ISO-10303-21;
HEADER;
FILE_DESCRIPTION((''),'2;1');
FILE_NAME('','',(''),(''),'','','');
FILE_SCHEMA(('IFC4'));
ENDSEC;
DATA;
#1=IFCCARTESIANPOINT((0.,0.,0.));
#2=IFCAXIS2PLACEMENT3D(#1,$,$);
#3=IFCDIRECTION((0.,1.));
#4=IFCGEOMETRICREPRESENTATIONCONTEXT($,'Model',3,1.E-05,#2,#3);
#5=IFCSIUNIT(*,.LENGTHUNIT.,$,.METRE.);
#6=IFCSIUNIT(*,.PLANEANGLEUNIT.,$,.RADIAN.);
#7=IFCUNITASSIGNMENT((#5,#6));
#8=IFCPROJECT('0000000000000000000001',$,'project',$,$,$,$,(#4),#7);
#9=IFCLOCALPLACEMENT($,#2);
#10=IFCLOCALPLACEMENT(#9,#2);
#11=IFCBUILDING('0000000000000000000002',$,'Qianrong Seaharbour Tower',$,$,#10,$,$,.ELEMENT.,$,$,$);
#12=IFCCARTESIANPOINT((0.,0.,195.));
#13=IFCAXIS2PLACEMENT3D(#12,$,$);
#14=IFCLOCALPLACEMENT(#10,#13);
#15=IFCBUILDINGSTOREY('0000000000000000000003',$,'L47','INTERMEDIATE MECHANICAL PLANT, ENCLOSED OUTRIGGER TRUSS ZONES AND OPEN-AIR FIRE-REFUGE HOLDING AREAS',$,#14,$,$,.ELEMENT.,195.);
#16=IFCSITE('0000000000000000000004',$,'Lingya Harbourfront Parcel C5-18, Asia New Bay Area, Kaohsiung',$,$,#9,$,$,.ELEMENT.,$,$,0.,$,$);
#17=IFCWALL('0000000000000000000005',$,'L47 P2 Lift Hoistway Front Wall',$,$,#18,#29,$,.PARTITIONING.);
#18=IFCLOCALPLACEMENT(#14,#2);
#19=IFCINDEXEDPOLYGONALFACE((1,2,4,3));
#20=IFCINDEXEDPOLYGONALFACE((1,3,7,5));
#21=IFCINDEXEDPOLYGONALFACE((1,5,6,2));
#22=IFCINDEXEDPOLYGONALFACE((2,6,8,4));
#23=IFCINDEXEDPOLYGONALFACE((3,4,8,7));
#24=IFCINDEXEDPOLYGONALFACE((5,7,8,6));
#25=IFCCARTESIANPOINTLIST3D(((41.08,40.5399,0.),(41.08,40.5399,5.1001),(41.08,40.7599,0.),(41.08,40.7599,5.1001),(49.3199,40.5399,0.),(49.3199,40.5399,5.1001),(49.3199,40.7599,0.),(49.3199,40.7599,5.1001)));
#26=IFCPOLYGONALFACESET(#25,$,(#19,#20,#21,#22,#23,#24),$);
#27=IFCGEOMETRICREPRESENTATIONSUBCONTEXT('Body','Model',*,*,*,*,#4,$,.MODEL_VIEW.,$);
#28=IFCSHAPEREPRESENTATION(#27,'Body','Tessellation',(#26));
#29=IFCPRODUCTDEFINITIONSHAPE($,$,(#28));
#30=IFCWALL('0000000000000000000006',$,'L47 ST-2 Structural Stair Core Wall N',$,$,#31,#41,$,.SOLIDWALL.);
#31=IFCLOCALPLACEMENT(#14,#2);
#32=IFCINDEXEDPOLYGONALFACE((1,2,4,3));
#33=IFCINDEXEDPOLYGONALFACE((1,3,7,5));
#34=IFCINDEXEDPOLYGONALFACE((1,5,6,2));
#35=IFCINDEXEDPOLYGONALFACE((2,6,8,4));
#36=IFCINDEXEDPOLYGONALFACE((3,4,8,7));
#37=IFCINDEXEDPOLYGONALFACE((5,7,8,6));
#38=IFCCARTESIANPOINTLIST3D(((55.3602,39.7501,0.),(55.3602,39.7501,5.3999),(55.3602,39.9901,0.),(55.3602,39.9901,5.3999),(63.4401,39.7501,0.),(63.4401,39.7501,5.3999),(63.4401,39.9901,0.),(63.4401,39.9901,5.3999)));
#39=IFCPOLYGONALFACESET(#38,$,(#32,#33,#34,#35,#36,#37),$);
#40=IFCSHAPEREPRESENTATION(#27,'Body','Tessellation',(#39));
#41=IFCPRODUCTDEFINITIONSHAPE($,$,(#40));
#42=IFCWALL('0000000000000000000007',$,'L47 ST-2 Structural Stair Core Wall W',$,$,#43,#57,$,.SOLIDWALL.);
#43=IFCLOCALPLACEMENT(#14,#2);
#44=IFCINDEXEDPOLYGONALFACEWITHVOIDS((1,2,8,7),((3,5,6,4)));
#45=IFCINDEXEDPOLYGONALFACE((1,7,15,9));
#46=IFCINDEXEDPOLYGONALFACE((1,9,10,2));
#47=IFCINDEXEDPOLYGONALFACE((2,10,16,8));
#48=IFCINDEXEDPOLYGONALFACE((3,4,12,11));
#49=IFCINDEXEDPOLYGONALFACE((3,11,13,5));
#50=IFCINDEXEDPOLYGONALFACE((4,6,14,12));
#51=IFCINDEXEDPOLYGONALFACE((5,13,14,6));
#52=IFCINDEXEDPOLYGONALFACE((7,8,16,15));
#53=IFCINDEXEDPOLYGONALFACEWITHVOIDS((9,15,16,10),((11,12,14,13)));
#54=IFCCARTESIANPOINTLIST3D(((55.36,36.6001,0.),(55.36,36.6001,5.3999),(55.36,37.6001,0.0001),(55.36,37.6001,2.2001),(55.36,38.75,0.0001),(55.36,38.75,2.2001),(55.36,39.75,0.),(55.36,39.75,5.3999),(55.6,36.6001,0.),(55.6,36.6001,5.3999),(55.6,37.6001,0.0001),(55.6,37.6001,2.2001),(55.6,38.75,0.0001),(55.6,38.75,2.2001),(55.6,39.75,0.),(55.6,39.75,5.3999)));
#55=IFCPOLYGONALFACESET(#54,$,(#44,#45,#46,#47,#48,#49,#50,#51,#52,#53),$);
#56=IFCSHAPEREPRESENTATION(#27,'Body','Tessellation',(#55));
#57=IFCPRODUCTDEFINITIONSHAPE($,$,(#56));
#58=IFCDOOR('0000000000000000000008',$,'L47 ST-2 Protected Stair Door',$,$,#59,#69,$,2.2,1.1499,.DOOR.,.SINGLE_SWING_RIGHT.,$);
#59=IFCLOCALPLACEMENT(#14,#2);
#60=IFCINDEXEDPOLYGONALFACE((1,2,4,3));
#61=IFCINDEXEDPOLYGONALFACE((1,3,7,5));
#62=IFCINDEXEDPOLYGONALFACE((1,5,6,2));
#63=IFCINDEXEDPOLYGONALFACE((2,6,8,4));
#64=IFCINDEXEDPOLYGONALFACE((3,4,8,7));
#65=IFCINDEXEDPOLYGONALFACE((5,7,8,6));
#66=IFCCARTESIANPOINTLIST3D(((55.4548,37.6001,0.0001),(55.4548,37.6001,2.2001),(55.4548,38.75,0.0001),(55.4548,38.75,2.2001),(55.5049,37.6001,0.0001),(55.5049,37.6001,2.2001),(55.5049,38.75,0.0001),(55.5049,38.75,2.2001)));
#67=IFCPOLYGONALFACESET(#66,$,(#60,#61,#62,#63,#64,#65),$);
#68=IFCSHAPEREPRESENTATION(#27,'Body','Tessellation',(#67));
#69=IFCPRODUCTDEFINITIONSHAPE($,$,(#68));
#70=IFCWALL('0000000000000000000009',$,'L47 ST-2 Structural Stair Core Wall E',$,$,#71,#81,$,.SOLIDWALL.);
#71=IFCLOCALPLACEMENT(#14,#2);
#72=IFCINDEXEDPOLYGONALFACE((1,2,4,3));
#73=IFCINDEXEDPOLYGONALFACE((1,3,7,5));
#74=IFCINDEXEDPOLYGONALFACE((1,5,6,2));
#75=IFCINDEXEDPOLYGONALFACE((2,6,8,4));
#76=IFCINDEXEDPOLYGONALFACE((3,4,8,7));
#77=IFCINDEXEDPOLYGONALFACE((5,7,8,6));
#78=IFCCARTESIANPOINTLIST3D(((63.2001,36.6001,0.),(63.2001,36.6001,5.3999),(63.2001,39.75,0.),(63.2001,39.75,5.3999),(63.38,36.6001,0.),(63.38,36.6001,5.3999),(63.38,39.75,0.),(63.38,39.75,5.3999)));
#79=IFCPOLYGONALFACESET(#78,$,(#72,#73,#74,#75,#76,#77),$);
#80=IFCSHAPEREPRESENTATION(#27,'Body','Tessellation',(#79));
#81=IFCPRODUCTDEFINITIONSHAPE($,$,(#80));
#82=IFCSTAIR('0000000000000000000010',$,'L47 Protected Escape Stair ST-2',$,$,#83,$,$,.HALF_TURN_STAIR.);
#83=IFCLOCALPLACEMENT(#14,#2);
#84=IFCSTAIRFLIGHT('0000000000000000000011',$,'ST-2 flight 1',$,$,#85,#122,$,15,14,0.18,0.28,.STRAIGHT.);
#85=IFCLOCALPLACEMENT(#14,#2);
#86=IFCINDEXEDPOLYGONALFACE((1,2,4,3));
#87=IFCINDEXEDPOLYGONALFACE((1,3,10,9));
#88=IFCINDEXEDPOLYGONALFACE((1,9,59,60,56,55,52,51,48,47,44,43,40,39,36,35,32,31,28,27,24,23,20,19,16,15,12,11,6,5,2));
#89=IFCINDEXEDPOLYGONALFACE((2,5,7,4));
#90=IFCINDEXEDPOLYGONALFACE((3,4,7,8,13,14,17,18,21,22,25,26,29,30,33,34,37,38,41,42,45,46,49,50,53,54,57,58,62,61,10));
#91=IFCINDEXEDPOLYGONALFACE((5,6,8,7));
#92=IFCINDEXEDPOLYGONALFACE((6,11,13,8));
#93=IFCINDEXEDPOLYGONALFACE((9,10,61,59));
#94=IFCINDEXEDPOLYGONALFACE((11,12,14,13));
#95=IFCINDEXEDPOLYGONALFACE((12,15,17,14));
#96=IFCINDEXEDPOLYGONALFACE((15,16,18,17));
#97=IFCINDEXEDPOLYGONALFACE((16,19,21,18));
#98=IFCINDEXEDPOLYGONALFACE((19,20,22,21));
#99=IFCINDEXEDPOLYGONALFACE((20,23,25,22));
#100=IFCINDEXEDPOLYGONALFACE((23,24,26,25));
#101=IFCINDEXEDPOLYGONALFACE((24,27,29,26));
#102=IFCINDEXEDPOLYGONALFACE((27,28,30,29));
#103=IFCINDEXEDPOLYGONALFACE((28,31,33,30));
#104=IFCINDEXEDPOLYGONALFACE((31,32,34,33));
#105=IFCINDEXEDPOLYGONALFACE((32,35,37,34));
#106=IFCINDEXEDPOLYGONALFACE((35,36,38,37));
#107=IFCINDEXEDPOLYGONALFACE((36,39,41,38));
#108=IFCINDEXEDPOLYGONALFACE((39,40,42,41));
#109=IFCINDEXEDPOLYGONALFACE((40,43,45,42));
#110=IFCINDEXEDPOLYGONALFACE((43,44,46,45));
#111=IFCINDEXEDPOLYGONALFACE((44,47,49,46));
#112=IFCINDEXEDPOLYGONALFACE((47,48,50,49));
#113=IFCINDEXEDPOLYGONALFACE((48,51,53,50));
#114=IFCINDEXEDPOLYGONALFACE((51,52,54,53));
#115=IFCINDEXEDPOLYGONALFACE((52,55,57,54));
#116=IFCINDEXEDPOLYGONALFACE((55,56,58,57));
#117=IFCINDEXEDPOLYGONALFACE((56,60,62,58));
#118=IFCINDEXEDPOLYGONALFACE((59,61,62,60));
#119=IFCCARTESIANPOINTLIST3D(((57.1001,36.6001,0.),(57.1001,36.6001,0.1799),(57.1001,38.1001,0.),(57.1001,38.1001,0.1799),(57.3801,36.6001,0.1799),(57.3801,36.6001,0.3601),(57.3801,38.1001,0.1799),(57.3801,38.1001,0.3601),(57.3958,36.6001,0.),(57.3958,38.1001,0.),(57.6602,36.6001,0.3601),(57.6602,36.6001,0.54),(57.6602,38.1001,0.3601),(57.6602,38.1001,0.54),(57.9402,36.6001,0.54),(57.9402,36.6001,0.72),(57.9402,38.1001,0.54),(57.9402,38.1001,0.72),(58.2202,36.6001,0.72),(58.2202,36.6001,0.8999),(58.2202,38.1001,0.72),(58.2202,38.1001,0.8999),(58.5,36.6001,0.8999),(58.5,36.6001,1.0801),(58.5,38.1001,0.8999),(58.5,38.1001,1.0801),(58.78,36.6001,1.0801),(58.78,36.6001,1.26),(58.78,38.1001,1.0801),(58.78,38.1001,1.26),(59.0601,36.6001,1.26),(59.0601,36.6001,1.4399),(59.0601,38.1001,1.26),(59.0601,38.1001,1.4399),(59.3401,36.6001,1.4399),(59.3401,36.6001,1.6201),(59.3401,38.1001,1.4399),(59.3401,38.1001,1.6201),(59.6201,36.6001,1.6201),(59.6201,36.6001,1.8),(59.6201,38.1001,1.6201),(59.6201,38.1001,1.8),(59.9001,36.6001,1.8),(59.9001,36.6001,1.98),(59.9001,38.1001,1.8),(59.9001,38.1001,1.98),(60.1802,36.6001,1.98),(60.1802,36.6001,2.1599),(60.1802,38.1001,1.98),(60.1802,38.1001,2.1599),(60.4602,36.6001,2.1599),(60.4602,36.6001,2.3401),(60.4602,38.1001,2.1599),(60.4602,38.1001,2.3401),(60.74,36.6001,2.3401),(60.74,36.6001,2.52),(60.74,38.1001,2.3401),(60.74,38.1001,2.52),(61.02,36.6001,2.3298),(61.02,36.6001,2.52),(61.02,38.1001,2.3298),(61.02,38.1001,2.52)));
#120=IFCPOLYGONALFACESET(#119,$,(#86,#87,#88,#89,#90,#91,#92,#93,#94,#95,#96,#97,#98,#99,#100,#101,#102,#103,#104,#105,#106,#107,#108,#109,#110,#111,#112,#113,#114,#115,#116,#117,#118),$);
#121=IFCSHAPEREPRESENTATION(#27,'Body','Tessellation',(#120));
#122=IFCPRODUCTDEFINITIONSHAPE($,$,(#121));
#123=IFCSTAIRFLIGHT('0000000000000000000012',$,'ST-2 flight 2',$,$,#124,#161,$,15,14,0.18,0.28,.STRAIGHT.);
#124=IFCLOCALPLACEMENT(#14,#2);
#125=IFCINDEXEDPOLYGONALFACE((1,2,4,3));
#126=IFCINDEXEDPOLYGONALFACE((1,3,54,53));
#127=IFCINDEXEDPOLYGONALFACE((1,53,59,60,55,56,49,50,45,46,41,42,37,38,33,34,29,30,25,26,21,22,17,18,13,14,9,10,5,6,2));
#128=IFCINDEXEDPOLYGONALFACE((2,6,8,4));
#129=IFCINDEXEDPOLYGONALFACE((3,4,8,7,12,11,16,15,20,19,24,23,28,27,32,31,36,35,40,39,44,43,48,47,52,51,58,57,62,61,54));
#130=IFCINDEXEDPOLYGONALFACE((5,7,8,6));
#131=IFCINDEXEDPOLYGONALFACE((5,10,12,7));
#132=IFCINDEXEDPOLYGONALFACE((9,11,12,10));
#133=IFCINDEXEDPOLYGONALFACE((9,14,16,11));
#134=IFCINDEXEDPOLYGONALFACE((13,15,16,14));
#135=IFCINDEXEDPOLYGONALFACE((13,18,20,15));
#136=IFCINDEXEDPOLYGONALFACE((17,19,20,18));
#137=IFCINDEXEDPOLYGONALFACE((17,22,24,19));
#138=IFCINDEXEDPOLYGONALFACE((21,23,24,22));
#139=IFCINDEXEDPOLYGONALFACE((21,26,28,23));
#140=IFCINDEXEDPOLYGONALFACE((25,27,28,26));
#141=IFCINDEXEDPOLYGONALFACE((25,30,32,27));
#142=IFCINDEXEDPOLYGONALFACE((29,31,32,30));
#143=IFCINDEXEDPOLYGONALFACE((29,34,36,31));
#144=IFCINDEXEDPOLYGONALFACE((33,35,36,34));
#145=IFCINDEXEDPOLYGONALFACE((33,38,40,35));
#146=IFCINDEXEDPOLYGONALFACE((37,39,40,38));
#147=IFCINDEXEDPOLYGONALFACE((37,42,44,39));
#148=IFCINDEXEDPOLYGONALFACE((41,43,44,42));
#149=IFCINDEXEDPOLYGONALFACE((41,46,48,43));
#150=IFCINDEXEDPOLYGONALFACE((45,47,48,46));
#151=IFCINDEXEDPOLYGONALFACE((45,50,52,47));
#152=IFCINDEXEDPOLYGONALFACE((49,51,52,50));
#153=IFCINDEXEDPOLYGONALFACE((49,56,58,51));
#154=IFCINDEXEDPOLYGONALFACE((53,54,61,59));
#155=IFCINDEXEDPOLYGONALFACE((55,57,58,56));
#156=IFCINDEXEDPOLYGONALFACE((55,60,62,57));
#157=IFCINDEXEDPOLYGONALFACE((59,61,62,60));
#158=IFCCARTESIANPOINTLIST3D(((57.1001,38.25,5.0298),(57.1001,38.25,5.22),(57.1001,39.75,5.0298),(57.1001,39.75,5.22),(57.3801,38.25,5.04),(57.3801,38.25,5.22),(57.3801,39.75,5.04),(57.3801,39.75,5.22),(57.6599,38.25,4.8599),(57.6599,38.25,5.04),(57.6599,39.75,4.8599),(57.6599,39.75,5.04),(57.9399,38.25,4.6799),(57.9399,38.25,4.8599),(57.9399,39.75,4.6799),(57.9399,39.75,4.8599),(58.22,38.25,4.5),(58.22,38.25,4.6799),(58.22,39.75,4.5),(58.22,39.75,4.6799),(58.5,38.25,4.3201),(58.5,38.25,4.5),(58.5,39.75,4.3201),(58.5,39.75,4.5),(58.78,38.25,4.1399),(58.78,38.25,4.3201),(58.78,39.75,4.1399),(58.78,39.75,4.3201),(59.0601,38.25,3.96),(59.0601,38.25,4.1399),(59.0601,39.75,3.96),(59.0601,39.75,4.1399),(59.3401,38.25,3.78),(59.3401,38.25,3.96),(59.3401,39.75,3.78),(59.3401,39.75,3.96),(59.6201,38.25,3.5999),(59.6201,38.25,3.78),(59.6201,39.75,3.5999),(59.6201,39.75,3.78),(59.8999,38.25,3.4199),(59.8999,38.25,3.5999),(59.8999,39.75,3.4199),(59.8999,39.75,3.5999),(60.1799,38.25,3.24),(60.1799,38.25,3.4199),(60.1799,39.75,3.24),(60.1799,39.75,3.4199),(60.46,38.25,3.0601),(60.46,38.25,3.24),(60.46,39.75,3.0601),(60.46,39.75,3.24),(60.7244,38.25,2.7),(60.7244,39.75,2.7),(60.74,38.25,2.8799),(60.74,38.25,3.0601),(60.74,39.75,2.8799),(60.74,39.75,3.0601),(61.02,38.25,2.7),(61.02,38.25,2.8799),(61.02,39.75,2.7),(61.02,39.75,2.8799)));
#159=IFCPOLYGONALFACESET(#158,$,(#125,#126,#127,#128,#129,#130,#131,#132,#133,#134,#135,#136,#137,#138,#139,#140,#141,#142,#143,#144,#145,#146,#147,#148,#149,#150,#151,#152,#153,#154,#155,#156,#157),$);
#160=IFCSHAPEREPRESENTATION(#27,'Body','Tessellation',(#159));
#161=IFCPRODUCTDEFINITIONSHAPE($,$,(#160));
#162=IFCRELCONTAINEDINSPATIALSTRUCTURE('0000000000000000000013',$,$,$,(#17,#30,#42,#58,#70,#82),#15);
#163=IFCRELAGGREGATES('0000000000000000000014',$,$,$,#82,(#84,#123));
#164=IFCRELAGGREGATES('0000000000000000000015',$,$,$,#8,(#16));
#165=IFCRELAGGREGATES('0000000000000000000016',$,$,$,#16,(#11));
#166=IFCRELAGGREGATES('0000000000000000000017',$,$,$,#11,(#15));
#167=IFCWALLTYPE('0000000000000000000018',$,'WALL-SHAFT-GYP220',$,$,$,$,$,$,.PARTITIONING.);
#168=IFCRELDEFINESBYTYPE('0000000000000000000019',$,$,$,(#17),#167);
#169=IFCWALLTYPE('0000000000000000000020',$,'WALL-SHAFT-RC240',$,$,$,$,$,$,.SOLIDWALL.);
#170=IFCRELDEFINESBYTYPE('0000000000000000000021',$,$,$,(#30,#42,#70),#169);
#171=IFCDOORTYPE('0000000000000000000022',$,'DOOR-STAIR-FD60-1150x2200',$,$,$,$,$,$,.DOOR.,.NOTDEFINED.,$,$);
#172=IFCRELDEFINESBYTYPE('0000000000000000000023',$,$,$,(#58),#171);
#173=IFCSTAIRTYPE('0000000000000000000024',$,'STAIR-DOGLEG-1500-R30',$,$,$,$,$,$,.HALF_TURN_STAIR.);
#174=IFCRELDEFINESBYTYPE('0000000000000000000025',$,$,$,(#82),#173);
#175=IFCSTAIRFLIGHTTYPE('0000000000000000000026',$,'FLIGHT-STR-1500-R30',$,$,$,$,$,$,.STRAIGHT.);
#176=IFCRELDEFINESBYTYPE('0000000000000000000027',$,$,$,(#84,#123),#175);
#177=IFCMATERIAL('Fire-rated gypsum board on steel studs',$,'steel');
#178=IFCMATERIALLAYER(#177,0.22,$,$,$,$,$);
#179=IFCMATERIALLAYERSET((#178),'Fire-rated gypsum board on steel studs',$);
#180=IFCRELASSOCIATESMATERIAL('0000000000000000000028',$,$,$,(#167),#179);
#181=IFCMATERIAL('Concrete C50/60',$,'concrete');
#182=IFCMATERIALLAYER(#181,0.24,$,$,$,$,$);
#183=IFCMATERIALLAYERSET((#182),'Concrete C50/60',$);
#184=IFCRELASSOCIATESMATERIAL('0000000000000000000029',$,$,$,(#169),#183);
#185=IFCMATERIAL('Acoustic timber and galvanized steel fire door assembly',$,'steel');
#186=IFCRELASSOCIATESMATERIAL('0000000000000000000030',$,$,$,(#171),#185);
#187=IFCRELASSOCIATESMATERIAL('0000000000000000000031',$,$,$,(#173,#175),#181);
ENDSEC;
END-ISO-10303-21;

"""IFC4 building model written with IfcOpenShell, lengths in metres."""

from ifc_helpers import new_model, si_unit, direction, frame, frame_2d, origin, place, context, subcontext, project, spatial, polyline, rectangle, outline, extrude, material, layer, layer_set, type_object, element, fill, aggregate, save


model = new_model("IFC4")

# Units and contexts
model_context = context("Model", 3, precision=1e-05, world=origin(), true_north=direction((0.0, 1.0)))
body_context = subcontext(model_context, "Body", "Model", "MODEL_VIEW")
ifc_project = project(units=[si_unit("LENGTHUNIT", "METRE"), si_unit("PLANEANGLEUNIT", "RADIAN")], contexts=[model_context])

# Site, building, storey
site_placement = place(None, origin())
site = spatial("IfcSite", under=ifc_project, at=site_placement, Name="Lingya Harbourfront Parcel C5-18, Asia New Bay Area, Kaohsiung", CompositionType="ELEMENT", RefElevation=0.0)
building_placement = place(site_placement, origin())
building = spatial("IfcBuilding", under=site, at=building_placement, Name="Qianrong Seaharbour Tower", CompositionType="ELEMENT")
storey_placement = place(building_placement, frame((0.0, 0.0, 195.0)))
storey = spatial("IfcBuildingStorey", under=building, at=storey_placement, Name="L47", Description="INTERMEDIATE MECHANICAL PLANT, ENCLOSED OUTRIGGER TRUSS ZONES AND OPEN-AIR FIRE-REFUGE HOLDING AREAS", CompositionType="ELEMENT", Elevation=195.0)

# Walls
ifc_material_1 = material(Name="Fire-rated gypsum board on steel studs", Category="steel")
ifc_layer_1 = layer(ifc_material_1, 0.22)
ifc_layer_set_1 = layer_set([ifc_layer_1], Name="Fire-rated gypsum board on steel studs")
wall_type_1 = type_object("IfcWallType", Name="WALL-SHAFT-GYP220", PredefinedType="PARTITIONING", material=ifc_layer_set_1)
wall_1_placement = place(storey_placement, frame((49.3201, 40.6499, 0.0), z_axis=(0.0, 0.0, 1.0), x_axis=(-1.0, 0.0, 0.0)))
element("IfcWall", 1, at=wall_1_placement, inside=storey, type_object=wall_type_1, Name="L47 P2 Lift Hoistway Front Wall", PredefinedType="PARTITIONING", context=body_context, shape_type="SweptSolid", body=[
    extrude(rectangle(XDim=8.24, YDim=0.22, at=frame_2d((4.1201, 0.0))), origin(), (0.0, 0.0, 1.0), 5.1001),
])
ifc_material_2 = material(Name="Concrete C50/60", Category="concrete")
ifc_layer_2 = layer(ifc_material_2, 0.24)
ifc_layer_set_2 = layer_set([ifc_layer_2], Name="Concrete C50/60")
wall_type_2 = type_object("IfcWallType", Name="WALL-SHAFT-RC240", PredefinedType="SOLIDWALL", material=ifc_layer_set_2)
wall_2_placement = place(storey_placement, frame((55.3601, 39.8701, 0.0), z_axis=(0.0, 0.0, 1.0), x_axis=(1.0, 0.0, 0.0)))
element("IfcWall", 2, at=wall_2_placement, inside=storey, type_object=wall_type_2, Name="L47 ST-2 Structural Stair Core Wall N", PredefinedType="SOLIDWALL", context=body_context, shape_type="SweptSolid", body=[
    extrude(rectangle(XDim=8.0798, YDim=0.24, at=frame_2d((4.04, 0.0))), origin(), (0.0, 0.0, 1.0), 5.3999),
])

# Wall, opening, door
wall_3_placement = place(storey_placement, frame((55.48, 39.75, 0.0), z_axis=(0.0, 0.0, 1.0), x_axis=(0.0, -1.0, 0.0)))
wall_3 = element("IfcWall", 3, at=wall_3_placement, inside=storey, type_object=wall_type_2, Name="L47 ST-2 Structural Stair Core Wall W", PredefinedType="SOLIDWALL", context=body_context, shape_type="SweptSolid", body=[
    extrude(rectangle(XDim=3.1499, YDim=0.24, at=frame_2d((1.575, 0.0))), origin(), (0.0, 0.0, 1.0), 5.3999),
])
opening_placement = place(wall_3_placement, frame((1.0, 0.0, 0.0)))
opening = element("IfcOpeningElement", 4, at=opening_placement, cuts=wall_3, PredefinedType="OPENING", context=body_context, shape_type="SweptSolid", body=[
    extrude(rectangle(XDim=1.1499, YDim=2.2, at=frame_2d((0.575, 1.1001))), frame((0.0, 0.1299, 0.0), z_axis=(0.0, -1.0, 0.0), x_axis=(1.0, 0.0, 0.0)), (0.0, 0.0, 1.0), 0.26),
])
ifc_material_3 = material(Name="Acoustic timber and galvanized steel fire door assembly", Category="steel")
door_type = type_object("IfcDoorType", Name="DOOR-STAIR-FD60-1150x2200", OperationType="NOTDEFINED", PredefinedType="DOOR", material=ifc_material_3)
door_placement = place(opening_placement, origin())
door = element("IfcDoor", 5, at=door_placement, inside=storey, type_object=door_type, Name="L47 ST-2 Protected Stair Door", OperationType="SINGLE_SWING_RIGHT", OverallHeight=2.2, OverallWidth=1.1499, PredefinedType="DOOR", context=body_context, shape_type="SweptSolid", body=[
    extrude(rectangle(XDim=1.1499, YDim=2.2, at=frame_2d((0.575, 1.1001))), frame((0.0, 0.0249, 0.0), z_axis=(0.0, -1.0, 0.0), x_axis=(1.0, 0.0, 0.0)), (0.0, 0.0, 1.0), 0.05),
])
fill(opening, door)

# Wall
wall_4_placement = place(storey_placement, frame((63.29, 36.6001, 0.0), z_axis=(0.0, 0.0, 1.0), x_axis=(0.0, 1.0, 0.0)))
element("IfcWall", 6, at=wall_4_placement, inside=storey, type_object=wall_type_2, Name="L47 ST-2 Structural Stair Core Wall E", PredefinedType="SOLIDWALL", context=body_context, shape_type="SweptSolid", body=[
    extrude(rectangle(XDim=3.1499, YDim=0.1799, at=frame_2d((1.575, 0.0))), origin(), (0.0, 0.0, 1.0), 5.3999),
])

# Stair, stair flights
stair_type = type_object("IfcStairType", Name="STAIR-DOGLEG-1500-R30", PredefinedType="HALF_TURN_STAIR", material=ifc_material_2)
stair_placement = place(storey_placement, origin())
stair = element("IfcStair", 7, at=stair_placement, inside=storey, type_object=stair_type, Name="L47 Protected Escape Stair ST-2", PredefinedType="HALF_TURN_STAIR")
stair_flight_type = type_object("IfcStairFlightType", Name="FLIGHT-STR-1500-R30", PredefinedType="STRAIGHT", material=ifc_material_2)
stair_flight_1_placement = place(storey_placement, frame((57.1001, 37.3501, 0.0), z_axis=(0.0, 0.0, 1.0), x_axis=(1.0, 0.0, 0.0)))
stair_flight_1 = element("IfcStairFlight", 8, at=stair_flight_1_placement, type_object=stair_flight_type, Name="ST-2 flight 1", NumberOfRisers=15, NumberOfTreads=14, PredefinedType="STRAIGHT", RiserHeight=0.18, TreadLength=0.28, context=body_context, shape_type="SweptSolid", body=[
    extrude(outline(polyline([(0.0, 0.0), (0.0, 0.1799), (0.28, 0.1799), (0.28, 0.3601), (0.5601, 0.3601), (0.5601, 0.54), (0.8401, 0.54), (0.8401, 0.72), (1.1201, 0.72), (1.1201, 0.8999), (1.3999, 0.8999), (1.3999, 1.0801), (1.6799, 1.0801), (1.6799, 1.26), (1.96, 1.26), (1.96, 1.4399), (2.24, 1.4399), (2.24, 1.6201), (2.52, 1.6201), (2.52, 1.8), (2.8, 1.8), (2.8, 1.98), (3.0801, 1.98), (3.0801, 2.1599), (3.3601, 2.1599), (3.3601, 2.3401), (3.6399, 2.3401), (3.6399, 2.52), (3.9199, 2.52), (3.9199, 2.7), (3.9199, 2.3298), (0.2957, 0.0), (0.0, 0.0)])), frame((0.0, 0.75, 0.0), z_axis=(0.0, -1.0, 0.0), x_axis=(1.0, 0.0, 0.0)), (0.0, 0.0, 1.0), 1.5),
])
stair_flight_2_placement = place(storey_placement, frame((61.02, 39.0, 2.7), z_axis=(0.0, 0.0, 1.0), x_axis=(-1.0, 0.0, 0.0)))
stair_flight_2 = element("IfcStairFlight", 9, at=stair_flight_2_placement, type_object=stair_flight_type, Name="ST-2 flight 2", NumberOfRisers=15, NumberOfTreads=14, PredefinedType="STRAIGHT", RiserHeight=0.18, TreadLength=0.28, context=body_context, shape_type="SweptSolid", body=[
    extrude(outline(polyline([(0.0, 0.0), (0.0, 0.1799), (0.28, 0.1799), (0.28, 0.3601), (0.5601, 0.3601), (0.5601, 0.54), (0.8401, 0.54), (0.8401, 0.72), (1.1201, 0.72), (1.1201, 0.8999), (1.3999, 0.8999), (1.3999, 1.0801), (1.6799, 1.0801), (1.6799, 1.26), (1.96, 1.26), (1.96, 1.4399), (2.24, 1.4399), (2.24, 1.6201), (2.52, 1.6201), (2.52, 1.8), (2.8, 1.8), (2.8, 1.98), (3.0801, 1.98), (3.0801, 2.1599), (3.3601, 2.1599), (3.3601, 2.3401), (3.6399, 2.3401), (3.6399, 2.52), (3.9199, 2.52), (3.9199, 2.7), (3.9199, 2.3298), (0.2957, 0.0), (0.0, 0.0)])), frame((0.0, 0.75, 0.0), z_axis=(0.0, -1.0, 0.0), x_axis=(1.0, 0.0, 0.0)), (0.0, 0.0, 1.0), 1.5),
])
aggregate(stair, [stair_flight_1, stair_flight_2])

save(model, "model.ifc")
